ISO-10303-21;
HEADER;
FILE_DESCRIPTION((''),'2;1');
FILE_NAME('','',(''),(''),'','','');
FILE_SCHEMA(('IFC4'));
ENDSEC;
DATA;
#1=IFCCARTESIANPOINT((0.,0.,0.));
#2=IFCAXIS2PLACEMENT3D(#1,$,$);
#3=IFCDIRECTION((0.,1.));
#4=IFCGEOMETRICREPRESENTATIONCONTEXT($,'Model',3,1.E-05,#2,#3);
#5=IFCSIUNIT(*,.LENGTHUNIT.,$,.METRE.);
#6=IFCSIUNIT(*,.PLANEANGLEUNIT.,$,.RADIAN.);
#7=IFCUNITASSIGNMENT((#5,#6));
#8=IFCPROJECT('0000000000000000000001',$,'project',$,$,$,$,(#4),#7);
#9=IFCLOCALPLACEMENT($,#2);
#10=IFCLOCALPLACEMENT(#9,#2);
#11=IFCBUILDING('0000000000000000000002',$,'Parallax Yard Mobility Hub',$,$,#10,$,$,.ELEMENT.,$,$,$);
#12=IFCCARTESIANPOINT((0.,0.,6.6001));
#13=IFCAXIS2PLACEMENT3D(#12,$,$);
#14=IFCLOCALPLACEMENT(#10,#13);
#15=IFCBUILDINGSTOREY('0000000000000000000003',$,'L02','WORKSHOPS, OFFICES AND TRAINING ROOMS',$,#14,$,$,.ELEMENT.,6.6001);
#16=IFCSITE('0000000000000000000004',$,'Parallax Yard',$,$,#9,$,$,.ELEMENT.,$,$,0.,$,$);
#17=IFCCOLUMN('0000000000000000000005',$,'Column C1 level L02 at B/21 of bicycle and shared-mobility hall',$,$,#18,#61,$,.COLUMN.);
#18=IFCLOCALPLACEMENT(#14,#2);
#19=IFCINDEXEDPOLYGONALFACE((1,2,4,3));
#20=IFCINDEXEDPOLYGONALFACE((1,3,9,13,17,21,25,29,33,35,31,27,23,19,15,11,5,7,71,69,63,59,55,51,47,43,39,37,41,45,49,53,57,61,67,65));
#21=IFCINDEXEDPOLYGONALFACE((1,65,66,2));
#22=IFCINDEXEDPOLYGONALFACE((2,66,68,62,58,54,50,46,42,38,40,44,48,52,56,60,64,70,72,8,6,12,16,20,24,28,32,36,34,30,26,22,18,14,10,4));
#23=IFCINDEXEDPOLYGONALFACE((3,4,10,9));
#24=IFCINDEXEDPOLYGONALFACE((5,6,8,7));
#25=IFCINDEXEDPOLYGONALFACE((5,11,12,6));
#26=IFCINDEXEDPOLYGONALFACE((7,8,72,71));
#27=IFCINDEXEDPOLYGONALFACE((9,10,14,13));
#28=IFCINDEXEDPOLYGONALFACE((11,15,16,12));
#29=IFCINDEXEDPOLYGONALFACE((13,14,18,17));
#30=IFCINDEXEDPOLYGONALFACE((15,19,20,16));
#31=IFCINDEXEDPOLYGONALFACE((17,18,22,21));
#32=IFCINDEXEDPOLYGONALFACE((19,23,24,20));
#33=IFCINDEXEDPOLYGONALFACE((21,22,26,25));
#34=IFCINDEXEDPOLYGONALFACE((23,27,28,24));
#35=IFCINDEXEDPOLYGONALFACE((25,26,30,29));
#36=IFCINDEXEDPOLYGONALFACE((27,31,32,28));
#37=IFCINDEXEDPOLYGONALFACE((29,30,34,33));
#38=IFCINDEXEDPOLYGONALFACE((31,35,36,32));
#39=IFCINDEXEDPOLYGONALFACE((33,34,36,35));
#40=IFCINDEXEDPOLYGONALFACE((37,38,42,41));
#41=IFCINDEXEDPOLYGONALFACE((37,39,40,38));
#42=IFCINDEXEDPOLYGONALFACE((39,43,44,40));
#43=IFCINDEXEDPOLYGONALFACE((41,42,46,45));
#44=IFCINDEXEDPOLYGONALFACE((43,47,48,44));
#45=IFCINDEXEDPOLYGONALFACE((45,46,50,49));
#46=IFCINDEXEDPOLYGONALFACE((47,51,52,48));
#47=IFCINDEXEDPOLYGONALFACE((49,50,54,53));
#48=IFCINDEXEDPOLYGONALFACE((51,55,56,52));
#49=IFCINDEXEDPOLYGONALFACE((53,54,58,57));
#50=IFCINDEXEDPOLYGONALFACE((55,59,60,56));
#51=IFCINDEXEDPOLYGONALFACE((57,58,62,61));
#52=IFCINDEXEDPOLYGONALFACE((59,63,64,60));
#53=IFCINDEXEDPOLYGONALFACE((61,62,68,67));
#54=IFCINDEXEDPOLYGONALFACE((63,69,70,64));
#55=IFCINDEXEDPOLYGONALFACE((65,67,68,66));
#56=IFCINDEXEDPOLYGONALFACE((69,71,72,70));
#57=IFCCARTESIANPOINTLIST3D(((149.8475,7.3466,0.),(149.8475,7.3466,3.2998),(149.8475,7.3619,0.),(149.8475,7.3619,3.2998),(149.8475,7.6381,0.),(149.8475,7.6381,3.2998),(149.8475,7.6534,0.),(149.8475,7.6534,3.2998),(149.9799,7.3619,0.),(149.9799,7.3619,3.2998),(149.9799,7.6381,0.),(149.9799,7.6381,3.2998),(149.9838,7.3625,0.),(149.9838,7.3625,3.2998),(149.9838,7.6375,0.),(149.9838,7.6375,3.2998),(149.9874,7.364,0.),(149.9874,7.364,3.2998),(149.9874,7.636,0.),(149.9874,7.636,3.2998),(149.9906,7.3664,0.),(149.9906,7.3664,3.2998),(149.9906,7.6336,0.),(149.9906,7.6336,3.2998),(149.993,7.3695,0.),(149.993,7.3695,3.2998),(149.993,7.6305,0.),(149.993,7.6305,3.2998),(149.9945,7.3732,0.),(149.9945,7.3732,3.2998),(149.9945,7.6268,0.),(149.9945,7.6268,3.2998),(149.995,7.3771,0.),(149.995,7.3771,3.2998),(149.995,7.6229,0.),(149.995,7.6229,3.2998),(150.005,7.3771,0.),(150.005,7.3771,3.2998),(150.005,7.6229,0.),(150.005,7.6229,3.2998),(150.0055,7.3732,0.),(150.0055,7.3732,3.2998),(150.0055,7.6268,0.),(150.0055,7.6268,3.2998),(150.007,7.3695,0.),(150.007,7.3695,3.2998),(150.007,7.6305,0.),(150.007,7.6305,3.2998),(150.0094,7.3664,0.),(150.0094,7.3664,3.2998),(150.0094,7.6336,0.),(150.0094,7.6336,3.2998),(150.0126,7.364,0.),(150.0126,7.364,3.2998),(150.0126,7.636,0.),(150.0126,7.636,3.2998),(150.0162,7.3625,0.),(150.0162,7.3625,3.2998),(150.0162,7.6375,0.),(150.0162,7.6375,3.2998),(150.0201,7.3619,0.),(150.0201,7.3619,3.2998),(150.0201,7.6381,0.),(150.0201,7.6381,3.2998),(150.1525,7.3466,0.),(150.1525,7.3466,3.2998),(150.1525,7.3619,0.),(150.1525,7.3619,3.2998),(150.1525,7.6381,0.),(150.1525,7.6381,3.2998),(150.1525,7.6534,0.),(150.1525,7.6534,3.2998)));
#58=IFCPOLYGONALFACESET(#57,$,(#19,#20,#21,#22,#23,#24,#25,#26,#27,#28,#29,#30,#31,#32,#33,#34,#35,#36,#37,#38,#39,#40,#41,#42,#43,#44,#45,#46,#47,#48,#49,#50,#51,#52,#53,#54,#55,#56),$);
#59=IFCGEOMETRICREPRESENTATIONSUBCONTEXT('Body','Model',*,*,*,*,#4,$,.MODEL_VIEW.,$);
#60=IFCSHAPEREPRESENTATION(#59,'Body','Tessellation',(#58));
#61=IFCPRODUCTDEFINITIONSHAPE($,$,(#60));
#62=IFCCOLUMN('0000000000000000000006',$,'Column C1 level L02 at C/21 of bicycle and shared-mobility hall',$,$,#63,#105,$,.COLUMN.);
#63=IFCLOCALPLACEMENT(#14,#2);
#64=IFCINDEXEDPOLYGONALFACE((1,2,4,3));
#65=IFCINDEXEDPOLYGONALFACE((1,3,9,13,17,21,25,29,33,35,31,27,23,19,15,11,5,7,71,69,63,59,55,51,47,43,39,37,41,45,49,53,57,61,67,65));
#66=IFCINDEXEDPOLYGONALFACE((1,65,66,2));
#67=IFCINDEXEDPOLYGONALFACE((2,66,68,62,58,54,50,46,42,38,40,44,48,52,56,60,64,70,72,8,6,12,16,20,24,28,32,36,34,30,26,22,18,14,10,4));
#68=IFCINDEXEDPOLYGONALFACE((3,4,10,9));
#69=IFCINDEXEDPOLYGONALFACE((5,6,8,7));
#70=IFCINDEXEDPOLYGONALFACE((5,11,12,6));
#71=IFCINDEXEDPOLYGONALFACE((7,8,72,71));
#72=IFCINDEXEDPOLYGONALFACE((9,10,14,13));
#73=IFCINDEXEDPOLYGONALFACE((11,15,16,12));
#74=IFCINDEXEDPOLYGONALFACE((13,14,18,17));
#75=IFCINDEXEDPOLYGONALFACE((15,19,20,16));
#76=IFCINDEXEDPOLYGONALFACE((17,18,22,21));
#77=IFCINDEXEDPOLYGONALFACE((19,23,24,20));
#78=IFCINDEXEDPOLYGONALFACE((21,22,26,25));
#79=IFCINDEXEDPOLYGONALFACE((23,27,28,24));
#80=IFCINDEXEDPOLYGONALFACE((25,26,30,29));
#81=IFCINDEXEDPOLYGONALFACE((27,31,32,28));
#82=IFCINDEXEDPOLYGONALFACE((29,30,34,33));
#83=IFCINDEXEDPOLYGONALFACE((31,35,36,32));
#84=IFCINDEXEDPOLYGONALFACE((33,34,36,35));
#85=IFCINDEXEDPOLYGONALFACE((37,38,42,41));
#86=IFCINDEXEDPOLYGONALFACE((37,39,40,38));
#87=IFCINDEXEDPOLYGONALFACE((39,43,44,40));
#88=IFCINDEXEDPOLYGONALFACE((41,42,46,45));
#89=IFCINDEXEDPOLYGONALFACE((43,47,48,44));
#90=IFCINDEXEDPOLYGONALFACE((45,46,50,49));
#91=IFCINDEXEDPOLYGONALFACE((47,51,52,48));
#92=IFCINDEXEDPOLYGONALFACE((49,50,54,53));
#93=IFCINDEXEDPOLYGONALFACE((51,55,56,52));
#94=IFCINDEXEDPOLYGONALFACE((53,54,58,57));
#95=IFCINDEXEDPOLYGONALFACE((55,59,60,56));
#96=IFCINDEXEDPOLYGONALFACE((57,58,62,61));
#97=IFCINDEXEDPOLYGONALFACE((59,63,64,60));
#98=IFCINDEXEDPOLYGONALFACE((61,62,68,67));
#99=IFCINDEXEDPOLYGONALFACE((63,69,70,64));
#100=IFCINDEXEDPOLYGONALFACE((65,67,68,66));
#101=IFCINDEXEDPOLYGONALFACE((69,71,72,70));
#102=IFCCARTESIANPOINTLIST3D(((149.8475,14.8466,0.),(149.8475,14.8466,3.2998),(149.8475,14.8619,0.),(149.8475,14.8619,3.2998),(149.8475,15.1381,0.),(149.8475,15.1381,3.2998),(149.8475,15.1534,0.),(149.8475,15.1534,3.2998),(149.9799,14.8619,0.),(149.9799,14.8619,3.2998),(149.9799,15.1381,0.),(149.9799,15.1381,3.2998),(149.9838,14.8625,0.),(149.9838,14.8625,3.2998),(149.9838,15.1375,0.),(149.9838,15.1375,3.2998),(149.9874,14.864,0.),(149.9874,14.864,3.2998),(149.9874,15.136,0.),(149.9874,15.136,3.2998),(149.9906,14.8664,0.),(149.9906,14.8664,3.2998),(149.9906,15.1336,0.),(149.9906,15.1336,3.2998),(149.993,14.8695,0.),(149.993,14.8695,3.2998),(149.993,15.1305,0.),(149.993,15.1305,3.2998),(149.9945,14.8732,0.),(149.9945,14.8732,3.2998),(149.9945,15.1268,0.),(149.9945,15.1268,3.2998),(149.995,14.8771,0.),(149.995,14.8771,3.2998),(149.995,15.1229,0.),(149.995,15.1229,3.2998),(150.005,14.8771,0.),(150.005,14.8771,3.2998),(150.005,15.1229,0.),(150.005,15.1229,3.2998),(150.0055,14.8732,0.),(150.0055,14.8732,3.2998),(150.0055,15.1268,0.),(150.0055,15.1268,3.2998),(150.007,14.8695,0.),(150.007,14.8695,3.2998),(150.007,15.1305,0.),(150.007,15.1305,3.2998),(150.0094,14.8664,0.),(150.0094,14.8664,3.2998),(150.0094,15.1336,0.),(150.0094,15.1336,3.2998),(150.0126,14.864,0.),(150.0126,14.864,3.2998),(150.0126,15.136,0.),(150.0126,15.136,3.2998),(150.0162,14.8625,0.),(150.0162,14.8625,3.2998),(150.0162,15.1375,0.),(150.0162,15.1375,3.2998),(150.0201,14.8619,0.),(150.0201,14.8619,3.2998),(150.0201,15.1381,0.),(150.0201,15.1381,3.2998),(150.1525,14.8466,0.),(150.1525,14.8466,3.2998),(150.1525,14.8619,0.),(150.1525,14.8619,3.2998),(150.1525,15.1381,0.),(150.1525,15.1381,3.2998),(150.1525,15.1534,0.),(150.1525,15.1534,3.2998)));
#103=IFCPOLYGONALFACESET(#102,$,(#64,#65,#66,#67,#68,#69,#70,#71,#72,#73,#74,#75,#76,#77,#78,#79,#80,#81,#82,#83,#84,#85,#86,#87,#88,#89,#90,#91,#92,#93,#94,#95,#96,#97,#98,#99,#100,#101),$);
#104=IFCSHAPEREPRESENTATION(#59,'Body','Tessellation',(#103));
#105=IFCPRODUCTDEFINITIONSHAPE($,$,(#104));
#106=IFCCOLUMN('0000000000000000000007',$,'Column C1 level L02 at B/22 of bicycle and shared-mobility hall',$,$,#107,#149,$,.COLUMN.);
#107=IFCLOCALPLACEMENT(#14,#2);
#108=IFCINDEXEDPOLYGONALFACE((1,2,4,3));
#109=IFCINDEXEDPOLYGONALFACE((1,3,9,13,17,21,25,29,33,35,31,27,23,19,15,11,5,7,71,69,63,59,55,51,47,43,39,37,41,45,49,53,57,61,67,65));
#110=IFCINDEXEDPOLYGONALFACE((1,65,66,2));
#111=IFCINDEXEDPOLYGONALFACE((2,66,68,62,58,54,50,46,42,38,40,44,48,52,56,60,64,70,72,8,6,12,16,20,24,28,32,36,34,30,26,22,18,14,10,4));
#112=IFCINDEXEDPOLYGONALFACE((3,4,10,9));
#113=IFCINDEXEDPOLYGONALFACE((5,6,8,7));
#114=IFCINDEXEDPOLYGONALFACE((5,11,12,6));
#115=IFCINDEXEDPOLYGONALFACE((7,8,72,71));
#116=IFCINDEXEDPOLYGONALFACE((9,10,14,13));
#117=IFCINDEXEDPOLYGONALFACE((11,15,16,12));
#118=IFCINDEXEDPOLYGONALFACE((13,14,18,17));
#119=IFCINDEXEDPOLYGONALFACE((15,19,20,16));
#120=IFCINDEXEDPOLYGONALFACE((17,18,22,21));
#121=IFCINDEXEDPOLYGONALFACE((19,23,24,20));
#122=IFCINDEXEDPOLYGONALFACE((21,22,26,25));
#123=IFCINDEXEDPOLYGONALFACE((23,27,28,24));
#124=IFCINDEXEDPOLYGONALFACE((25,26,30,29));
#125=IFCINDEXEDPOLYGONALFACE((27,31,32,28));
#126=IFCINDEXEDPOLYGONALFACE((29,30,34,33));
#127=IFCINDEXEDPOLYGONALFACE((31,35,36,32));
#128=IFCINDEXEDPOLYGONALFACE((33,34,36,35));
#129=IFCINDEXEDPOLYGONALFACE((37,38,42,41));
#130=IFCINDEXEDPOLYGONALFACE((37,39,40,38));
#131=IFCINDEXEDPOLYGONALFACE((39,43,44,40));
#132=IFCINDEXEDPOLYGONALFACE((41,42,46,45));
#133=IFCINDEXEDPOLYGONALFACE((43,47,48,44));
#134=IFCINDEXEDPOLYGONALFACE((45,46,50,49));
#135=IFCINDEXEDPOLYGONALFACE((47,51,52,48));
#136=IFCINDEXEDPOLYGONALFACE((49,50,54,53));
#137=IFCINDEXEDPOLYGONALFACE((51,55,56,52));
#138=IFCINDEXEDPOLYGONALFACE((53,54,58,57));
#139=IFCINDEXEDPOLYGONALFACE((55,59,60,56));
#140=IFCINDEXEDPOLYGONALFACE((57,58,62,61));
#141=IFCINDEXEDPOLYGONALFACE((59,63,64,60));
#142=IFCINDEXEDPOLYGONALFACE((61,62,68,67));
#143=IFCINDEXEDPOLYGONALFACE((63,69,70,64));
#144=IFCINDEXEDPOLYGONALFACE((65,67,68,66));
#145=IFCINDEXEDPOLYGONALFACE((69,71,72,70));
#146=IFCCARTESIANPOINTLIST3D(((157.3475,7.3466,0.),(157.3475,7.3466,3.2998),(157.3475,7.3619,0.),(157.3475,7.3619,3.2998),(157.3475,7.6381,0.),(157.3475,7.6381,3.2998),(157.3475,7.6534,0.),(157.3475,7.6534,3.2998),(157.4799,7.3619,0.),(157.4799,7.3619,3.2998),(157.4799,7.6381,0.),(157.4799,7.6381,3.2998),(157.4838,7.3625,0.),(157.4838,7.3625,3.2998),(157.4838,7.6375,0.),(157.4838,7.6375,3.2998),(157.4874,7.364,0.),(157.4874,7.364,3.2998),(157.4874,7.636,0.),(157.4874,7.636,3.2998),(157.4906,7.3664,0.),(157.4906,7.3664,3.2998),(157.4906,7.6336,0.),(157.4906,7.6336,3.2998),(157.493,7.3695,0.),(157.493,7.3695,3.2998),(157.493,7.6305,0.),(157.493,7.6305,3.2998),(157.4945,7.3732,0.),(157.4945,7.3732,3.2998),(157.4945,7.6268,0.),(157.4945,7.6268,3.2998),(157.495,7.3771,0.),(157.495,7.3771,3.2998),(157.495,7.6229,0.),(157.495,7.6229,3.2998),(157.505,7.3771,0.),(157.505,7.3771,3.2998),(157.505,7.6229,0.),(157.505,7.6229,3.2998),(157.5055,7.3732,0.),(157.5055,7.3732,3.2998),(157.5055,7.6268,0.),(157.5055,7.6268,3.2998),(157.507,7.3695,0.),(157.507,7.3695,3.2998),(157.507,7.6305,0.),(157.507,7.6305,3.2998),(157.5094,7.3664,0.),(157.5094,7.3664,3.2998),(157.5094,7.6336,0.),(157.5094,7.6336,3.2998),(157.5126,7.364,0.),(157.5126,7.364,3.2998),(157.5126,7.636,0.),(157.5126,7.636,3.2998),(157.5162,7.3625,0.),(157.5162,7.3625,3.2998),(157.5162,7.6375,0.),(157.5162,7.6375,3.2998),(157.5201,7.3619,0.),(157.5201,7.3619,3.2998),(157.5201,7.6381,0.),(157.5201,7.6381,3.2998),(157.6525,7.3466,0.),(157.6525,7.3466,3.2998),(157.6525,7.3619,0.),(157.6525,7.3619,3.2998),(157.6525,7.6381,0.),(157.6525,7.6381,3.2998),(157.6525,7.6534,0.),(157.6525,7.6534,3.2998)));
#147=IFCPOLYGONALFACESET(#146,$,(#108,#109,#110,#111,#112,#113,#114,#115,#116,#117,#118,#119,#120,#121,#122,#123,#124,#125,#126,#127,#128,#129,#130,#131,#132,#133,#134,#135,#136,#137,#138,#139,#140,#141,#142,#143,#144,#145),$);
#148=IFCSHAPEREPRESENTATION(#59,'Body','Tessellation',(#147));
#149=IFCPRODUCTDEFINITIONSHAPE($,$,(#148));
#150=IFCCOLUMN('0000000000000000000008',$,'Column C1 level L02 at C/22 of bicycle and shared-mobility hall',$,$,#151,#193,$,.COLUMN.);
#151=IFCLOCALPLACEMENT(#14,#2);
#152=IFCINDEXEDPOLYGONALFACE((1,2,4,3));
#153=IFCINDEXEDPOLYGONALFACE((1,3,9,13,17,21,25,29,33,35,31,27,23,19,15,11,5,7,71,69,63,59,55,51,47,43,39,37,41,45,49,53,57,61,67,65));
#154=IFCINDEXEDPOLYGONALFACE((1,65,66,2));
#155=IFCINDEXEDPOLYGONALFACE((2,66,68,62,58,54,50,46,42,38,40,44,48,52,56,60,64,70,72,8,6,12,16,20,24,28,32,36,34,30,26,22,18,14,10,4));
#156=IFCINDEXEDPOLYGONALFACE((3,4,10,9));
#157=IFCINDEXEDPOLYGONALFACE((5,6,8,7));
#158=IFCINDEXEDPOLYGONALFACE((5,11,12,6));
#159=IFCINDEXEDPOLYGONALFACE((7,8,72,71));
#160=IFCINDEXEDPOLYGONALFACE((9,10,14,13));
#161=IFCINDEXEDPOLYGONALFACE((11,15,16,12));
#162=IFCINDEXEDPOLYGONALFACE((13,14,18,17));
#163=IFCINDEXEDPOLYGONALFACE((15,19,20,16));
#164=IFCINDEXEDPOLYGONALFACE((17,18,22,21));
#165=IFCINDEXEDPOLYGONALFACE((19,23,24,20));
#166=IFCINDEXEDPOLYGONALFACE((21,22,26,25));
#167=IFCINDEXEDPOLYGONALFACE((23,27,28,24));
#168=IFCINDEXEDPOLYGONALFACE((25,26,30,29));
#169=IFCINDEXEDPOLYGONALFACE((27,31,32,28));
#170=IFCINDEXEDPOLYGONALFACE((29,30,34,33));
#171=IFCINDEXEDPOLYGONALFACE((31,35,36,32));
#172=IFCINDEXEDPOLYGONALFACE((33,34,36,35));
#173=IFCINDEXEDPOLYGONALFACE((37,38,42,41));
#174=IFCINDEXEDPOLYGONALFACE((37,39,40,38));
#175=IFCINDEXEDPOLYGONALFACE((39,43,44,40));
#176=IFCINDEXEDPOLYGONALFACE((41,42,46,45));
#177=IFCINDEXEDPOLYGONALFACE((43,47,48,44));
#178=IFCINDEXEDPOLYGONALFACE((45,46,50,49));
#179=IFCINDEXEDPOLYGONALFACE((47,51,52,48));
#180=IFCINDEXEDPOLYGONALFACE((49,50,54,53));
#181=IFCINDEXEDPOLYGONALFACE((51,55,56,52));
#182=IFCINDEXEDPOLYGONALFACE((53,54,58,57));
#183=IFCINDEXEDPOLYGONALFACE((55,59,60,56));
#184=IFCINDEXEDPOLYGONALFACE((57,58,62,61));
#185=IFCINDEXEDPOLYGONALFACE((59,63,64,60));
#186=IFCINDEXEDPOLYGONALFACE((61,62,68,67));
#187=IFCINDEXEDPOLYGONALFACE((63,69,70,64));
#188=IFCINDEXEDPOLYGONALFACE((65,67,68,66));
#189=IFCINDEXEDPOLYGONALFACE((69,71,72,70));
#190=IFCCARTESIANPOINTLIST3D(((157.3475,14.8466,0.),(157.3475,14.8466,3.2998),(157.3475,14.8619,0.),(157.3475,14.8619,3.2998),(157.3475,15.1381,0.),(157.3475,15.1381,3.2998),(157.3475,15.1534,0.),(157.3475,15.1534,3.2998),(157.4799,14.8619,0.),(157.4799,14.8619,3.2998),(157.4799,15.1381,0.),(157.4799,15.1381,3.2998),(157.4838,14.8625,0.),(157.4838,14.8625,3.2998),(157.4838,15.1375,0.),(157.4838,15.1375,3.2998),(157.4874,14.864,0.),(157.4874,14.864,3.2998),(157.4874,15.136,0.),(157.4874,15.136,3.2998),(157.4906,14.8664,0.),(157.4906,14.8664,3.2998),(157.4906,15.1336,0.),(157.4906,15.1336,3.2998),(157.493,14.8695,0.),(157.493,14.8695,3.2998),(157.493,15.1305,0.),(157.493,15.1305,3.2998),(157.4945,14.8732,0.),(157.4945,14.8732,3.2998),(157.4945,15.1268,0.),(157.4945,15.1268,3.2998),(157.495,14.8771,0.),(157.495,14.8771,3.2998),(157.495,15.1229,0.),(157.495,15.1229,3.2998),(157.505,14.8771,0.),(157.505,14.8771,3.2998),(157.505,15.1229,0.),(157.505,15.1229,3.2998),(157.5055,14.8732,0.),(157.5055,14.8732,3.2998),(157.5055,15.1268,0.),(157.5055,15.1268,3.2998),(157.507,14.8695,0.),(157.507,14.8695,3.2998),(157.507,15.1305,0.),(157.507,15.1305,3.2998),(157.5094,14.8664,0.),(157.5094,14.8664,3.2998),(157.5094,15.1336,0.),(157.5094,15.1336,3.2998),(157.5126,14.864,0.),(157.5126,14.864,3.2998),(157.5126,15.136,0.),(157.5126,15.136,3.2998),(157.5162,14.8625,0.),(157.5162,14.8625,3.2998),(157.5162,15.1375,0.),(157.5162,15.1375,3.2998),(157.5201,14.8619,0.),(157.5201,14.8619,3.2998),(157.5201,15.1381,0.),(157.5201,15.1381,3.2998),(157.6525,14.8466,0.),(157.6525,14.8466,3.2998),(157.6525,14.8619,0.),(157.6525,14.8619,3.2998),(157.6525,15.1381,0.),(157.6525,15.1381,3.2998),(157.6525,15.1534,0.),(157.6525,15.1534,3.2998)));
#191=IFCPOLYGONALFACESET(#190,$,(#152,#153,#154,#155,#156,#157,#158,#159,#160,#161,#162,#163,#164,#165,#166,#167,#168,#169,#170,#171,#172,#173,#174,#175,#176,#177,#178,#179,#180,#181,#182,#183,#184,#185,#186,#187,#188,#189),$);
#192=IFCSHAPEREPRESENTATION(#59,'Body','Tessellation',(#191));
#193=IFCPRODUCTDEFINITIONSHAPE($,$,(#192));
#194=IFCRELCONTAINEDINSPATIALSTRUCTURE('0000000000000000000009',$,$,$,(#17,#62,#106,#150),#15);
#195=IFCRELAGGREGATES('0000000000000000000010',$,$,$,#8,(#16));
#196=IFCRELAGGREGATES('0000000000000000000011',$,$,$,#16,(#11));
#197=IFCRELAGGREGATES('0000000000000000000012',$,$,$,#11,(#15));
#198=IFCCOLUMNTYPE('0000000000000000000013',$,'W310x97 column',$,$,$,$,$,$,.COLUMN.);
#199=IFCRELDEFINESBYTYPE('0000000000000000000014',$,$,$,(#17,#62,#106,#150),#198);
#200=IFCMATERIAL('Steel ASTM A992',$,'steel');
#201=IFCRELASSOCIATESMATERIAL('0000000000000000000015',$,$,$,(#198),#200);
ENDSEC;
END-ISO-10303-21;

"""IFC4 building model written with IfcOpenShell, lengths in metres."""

from ifc_helpers import new_model, si_unit, direction, frame, origin, origin_2d, place, context, subcontext, project, spatial, i_section, extrude, material, material_profile, profile_set, type_object, element, save


model = new_model("IFC4")

# Units and contexts
model_context = context("Model", 3, precision=1e-05, world=origin(), true_north=direction((0.0, 1.0)))
body_context = subcontext(model_context, "Body", "Model", "MODEL_VIEW")
ifc_project = project(units=[si_unit("LENGTHUNIT", "METRE"), si_unit("PLANEANGLEUNIT", "RADIAN")], contexts=[model_context])

# Site, building, storey
site_placement = place(None, origin())
site = spatial("IfcSite", under=ifc_project, at=site_placement, Name="Parallax Yard", CompositionType="ELEMENT", RefElevation=0.0)
building_placement = place(site_placement, origin())
building = spatial("IfcBuilding", under=site, at=building_placement, Name="Parallax Yard Mobility Hub", CompositionType="ELEMENT")
storey_placement = place(building_placement, frame((0.0, 0.0, 6.6001)))
storey = spatial("IfcBuildingStorey", under=building, at=storey_placement, Name="L02", Description="WORKSHOPS, OFFICES AND TRAINING ROOMS", CompositionType="ELEMENT", Elevation=6.6001)

# Columns
ifc_material_1 = material(Name="Steel ASTM A992", Category="steel")
ifc_material_profile_1 = material_profile(ifc_material_1, i_section(OverallWidth=0.3049, OverallDepth=0.3069, WebThickness=0.01, FlangeThickness=0.0154, FilletRadius=0.0151, at=origin_2d()), Name="W310x97")
ifc_profile_set_1 = profile_set([ifc_material_profile_1], Name="Steel ASTM A992")
column_type = type_object("IfcColumnType", Name="W310x97 column", PredefinedType="COLUMN", material=ifc_profile_set_1)
for number, where, z_axis, x_axis, name in (
    (1, (150.0, 7.5, 0.0), (0.0, 0.0, 1.0), (1.0, 0.0, 0.0), "Column C1 level L02 at B/21 of bicycle and shared-mobility hall"),
    (2, (150.0, 15.0, 0.0), (0.0, 0.0, 1.0), (1.0, 0.0, 0.0), "Column C1 level L02 at C/21 of bicycle and shared-mobility hall"),
    (3, (157.5, 7.5, 0.0), (0.0, 0.0, 1.0), (1.0, 0.0, 0.0), "Column C1 level L02 at B/22 of bicycle and shared-mobility hall"),
    (4, (157.5, 15.0, 0.0), (0.0, 0.0, 1.0), (1.0, 0.0, 0.0), "Column C1 level L02 at C/22 of bicycle and shared-mobility hall"),
):
    element("IfcColumn", number, at=place(storey_placement, frame(where, z_axis=z_axis, x_axis=x_axis)), inside=storey, type_object=column_type, Name=name, PredefinedType="COLUMN", context=body_context, shape_type="SweptSolid", body=[
        extrude(i_section(OverallWidth=0.3049, OverallDepth=0.3069, WebThickness=0.01, FlangeThickness=0.0154, FilletRadius=0.0151, at=origin_2d()), origin(), (0.0, 0.0, 1.0), 3.2998),
    ])

save(model, "model.ifc")
